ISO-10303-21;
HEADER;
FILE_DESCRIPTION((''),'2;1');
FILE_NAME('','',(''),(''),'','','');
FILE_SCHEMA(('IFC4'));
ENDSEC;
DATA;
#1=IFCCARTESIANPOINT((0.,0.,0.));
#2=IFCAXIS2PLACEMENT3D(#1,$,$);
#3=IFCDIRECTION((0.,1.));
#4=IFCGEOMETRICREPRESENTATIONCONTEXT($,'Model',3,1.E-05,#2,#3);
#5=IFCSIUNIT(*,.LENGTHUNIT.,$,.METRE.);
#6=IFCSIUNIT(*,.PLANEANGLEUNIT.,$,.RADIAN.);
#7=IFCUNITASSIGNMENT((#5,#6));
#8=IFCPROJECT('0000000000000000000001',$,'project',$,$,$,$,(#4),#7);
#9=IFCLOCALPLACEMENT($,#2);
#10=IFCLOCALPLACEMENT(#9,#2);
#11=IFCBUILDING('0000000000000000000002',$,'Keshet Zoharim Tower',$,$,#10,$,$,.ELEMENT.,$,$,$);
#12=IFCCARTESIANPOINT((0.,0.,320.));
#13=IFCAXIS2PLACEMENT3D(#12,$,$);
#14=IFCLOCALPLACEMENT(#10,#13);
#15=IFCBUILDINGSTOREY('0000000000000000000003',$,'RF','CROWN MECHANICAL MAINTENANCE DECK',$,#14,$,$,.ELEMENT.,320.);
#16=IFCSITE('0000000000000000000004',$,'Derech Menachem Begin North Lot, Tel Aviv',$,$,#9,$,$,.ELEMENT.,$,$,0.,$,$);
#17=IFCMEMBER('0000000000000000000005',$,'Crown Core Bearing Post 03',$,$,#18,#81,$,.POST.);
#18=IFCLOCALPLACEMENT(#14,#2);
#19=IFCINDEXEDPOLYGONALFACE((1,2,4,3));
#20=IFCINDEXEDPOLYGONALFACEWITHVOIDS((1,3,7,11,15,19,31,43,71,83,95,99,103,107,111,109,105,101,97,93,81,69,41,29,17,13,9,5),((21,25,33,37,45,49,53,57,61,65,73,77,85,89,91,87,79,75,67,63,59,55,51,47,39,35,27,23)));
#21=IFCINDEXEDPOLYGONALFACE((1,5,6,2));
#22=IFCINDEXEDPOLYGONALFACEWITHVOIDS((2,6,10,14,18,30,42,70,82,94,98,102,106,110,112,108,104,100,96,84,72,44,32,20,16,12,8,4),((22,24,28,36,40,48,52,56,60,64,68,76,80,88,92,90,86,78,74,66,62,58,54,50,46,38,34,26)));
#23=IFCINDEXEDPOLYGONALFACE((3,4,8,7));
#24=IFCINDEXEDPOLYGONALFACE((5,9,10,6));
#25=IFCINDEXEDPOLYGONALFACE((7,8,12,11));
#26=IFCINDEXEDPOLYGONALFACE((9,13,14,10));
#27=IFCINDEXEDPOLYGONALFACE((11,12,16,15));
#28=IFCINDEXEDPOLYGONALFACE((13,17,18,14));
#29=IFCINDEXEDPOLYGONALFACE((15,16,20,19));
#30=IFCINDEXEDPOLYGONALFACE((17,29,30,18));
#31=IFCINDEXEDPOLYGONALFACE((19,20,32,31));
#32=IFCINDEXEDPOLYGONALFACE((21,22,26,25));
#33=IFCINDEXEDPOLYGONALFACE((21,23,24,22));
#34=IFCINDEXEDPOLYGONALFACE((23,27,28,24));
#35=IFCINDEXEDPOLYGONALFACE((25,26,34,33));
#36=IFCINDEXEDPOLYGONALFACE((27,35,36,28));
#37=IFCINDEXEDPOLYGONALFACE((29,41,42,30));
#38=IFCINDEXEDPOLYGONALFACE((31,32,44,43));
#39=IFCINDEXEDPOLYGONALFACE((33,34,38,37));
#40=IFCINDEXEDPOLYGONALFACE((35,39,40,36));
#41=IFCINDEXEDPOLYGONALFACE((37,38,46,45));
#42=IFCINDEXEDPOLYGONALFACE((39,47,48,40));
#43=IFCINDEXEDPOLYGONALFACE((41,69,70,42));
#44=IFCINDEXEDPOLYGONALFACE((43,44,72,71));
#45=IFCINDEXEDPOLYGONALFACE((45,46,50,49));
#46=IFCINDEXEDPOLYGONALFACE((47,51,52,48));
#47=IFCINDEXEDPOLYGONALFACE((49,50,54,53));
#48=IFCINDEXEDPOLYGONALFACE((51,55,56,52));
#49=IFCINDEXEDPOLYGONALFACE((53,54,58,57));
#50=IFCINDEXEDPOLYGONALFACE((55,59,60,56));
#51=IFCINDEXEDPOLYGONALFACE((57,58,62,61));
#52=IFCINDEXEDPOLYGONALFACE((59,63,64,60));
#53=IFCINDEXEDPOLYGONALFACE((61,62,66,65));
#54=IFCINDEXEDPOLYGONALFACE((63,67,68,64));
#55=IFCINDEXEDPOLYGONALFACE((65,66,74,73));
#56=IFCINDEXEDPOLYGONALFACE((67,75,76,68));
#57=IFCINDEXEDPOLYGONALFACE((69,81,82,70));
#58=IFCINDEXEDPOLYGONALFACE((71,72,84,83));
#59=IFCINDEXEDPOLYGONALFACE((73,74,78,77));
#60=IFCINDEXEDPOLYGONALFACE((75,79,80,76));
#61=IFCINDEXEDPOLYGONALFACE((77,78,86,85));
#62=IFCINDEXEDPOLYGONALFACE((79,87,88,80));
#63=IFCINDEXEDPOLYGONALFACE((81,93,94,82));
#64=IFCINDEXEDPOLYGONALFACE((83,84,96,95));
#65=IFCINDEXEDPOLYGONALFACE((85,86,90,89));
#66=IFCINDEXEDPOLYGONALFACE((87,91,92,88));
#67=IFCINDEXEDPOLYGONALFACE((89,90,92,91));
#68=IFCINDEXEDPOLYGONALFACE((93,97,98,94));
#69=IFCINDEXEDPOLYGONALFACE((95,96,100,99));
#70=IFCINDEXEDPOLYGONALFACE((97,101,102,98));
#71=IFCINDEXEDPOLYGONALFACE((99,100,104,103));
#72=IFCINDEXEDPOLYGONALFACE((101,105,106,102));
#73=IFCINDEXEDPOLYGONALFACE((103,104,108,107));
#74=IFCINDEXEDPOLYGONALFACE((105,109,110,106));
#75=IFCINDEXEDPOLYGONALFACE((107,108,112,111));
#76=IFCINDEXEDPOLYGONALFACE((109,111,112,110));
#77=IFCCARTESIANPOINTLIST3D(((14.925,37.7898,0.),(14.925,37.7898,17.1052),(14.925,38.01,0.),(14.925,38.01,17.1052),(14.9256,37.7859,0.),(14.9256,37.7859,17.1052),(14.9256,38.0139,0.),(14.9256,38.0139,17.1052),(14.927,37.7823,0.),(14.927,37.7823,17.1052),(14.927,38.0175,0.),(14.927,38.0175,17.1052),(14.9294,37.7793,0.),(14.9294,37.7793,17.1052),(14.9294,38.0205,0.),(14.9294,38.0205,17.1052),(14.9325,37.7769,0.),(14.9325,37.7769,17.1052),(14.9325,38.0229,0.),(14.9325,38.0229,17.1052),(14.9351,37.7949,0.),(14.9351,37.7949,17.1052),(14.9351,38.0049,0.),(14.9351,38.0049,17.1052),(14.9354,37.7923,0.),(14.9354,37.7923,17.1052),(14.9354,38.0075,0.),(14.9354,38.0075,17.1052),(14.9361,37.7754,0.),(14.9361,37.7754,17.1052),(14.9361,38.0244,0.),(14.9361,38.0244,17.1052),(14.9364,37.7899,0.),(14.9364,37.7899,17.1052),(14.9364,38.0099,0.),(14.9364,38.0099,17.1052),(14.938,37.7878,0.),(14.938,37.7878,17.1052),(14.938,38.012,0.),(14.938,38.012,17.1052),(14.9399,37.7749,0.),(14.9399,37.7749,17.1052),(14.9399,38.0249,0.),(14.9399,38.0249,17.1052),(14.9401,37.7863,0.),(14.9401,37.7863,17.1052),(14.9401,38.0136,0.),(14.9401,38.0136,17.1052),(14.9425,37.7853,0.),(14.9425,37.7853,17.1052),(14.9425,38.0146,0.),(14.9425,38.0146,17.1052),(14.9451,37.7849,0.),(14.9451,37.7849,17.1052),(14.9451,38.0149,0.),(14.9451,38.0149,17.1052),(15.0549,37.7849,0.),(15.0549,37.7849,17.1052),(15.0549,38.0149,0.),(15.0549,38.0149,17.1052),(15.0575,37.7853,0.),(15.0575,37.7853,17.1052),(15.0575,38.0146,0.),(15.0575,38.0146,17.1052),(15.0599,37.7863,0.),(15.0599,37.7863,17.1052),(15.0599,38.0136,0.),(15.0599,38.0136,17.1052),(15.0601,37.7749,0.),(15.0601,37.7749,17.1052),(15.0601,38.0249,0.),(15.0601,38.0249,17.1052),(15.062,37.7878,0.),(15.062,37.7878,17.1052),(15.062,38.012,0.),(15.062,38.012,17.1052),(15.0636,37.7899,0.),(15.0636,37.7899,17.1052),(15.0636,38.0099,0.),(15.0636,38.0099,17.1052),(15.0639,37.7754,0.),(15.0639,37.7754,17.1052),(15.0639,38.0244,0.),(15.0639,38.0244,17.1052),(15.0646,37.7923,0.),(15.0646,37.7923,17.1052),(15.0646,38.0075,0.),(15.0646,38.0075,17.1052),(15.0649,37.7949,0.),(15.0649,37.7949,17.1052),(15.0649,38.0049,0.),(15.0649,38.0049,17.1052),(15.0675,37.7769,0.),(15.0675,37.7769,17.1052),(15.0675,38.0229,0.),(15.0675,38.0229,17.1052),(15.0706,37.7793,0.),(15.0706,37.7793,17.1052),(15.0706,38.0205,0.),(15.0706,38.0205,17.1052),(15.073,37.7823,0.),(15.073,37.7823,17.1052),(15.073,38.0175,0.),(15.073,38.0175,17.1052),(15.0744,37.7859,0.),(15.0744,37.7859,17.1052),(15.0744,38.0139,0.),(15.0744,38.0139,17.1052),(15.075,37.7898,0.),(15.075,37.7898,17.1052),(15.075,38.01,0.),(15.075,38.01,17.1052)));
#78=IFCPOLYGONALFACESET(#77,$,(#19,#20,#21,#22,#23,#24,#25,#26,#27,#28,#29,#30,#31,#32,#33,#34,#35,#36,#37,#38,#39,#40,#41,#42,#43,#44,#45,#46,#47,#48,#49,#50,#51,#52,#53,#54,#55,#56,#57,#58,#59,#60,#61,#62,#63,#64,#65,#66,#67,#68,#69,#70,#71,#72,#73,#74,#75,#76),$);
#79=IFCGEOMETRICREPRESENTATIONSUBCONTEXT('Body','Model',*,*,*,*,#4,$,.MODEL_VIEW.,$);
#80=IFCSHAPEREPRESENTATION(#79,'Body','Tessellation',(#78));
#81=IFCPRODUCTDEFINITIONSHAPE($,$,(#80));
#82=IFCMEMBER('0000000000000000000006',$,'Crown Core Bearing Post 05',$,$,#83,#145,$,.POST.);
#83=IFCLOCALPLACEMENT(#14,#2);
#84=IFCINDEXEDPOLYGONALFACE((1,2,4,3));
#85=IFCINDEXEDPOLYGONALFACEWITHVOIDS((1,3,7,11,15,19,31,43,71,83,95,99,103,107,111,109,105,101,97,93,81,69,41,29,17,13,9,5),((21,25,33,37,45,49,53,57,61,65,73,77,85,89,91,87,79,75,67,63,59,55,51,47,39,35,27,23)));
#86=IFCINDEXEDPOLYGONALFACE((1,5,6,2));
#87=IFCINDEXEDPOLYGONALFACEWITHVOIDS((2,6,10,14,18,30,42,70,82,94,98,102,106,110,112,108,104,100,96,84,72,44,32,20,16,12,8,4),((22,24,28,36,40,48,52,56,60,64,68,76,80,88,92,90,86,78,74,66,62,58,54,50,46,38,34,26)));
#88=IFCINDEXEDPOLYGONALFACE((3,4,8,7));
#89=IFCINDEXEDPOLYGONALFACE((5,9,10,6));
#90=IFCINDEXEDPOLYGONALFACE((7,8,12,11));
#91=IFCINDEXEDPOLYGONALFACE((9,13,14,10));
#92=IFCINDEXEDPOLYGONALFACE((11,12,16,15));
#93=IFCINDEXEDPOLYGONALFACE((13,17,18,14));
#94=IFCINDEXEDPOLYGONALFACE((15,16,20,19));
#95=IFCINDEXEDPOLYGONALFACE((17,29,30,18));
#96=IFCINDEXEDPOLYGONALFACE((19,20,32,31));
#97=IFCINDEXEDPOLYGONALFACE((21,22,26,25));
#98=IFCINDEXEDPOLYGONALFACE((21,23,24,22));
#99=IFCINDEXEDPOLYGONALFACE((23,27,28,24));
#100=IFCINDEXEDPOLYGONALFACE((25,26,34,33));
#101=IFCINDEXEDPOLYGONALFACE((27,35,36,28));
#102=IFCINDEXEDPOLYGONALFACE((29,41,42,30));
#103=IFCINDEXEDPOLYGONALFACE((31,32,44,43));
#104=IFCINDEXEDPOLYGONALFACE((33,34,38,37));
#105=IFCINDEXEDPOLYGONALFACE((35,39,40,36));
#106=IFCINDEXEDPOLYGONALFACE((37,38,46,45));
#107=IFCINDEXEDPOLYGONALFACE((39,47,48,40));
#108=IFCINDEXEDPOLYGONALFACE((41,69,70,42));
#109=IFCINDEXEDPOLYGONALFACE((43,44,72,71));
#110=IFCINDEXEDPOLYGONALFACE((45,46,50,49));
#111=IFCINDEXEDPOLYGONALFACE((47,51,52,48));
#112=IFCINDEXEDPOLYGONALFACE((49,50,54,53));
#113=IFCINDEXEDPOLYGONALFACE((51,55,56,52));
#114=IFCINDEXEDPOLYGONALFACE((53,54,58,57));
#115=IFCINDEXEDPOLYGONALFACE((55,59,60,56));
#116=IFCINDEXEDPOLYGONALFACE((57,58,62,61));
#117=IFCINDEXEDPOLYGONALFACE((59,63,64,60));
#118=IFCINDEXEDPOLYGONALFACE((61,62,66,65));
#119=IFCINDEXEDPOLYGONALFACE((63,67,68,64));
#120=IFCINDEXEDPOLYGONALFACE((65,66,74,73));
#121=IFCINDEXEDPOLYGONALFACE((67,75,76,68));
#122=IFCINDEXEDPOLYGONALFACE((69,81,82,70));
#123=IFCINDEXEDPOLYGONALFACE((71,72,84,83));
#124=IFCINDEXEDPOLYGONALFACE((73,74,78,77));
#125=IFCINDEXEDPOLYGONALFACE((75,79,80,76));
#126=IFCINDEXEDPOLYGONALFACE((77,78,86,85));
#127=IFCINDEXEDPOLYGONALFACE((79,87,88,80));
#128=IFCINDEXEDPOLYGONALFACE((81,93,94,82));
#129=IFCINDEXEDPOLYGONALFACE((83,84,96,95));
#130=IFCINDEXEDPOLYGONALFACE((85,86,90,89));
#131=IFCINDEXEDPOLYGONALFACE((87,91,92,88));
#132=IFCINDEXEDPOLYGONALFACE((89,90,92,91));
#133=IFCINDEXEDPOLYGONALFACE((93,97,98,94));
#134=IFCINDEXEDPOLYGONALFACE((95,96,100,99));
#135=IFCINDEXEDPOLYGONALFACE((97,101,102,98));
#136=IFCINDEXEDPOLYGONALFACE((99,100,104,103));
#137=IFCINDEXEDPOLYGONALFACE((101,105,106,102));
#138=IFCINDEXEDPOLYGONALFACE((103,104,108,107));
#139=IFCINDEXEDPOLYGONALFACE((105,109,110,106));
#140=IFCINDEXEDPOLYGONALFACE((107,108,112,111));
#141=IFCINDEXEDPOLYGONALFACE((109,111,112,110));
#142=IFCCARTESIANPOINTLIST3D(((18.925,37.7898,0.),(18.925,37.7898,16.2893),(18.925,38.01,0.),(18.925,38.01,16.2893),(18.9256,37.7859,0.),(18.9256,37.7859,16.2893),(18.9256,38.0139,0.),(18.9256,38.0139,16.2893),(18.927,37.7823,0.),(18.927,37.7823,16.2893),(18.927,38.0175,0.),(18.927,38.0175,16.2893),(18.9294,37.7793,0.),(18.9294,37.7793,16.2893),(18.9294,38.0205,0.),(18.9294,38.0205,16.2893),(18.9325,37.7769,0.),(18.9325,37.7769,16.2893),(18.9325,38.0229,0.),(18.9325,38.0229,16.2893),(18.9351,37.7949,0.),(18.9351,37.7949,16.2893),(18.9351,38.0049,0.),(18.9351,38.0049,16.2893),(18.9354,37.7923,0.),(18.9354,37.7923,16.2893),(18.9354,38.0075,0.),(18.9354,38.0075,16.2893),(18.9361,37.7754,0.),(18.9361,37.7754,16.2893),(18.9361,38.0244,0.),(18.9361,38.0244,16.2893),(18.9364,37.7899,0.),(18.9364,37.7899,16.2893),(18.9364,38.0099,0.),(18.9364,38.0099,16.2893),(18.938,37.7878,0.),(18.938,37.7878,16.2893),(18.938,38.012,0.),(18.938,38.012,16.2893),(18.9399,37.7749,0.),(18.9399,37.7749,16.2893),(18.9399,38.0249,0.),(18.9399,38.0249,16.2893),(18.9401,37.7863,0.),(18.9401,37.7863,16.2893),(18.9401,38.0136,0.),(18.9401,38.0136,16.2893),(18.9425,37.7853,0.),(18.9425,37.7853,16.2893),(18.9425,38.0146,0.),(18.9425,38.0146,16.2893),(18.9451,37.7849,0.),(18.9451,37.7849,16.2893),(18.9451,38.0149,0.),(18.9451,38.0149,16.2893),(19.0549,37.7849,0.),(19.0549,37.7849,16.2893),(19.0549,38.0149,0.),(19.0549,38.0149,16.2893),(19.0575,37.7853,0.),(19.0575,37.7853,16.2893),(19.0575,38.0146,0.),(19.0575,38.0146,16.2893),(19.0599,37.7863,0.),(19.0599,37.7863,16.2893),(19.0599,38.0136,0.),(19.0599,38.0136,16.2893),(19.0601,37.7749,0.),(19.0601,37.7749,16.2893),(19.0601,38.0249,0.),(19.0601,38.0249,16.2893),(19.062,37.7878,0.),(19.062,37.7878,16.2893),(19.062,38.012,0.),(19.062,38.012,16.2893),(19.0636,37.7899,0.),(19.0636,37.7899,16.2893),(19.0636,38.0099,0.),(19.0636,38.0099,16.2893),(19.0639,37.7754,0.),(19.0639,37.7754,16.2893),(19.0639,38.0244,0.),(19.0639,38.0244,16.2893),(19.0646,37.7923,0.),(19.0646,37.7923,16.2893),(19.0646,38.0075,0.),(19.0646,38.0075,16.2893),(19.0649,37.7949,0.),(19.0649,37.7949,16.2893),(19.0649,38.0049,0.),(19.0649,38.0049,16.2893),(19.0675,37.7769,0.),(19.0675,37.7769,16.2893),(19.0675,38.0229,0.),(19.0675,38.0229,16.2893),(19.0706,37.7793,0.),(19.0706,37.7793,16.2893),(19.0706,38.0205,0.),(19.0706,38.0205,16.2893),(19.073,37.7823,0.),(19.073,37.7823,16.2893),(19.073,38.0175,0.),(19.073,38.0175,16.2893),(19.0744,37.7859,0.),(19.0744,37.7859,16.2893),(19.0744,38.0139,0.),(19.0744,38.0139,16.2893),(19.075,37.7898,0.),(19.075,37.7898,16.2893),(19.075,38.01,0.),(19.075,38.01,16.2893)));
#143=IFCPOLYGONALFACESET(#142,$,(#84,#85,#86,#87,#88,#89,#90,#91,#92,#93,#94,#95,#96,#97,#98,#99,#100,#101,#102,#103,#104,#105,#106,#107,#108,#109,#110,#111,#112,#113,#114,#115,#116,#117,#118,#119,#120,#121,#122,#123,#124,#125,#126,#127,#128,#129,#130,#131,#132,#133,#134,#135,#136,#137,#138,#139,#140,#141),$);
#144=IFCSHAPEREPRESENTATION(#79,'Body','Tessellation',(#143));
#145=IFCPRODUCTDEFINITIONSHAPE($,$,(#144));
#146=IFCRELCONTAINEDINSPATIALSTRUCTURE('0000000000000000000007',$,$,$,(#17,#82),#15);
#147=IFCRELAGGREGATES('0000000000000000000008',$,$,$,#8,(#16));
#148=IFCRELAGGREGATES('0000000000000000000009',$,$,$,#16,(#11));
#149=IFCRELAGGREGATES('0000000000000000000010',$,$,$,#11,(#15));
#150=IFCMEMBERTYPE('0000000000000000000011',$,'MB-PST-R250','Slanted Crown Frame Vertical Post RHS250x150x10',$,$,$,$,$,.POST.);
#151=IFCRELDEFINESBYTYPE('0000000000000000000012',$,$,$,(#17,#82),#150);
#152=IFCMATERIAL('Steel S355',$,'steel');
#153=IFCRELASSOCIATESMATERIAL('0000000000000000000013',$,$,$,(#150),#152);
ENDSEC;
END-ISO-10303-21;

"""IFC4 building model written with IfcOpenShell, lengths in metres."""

from ifc_helpers import new_model, si_unit, direction, frame, origin, origin_2d, place, context, subcontext, project, spatial, hollow_rectangle, extrude, material, material_profile, profile_set, type_object, element, save


model = new_model("IFC4")

# Units and contexts
model_context = context("Model", 3, precision=1e-05, world=origin(), true_north=direction((0.0, 1.0)))
body_context = subcontext(model_context, "Body", "Model", "MODEL_VIEW")
ifc_project = project(units=[si_unit("LENGTHUNIT", "METRE"), si_unit("PLANEANGLEUNIT", "RADIAN")], contexts=[model_context])

# Site, building, storey
site_placement = place(None, origin())
site = spatial("IfcSite", under=ifc_project, at=site_placement, Name="Derech Menachem Begin North Lot, Tel Aviv", CompositionType="ELEMENT", RefElevation=0.0)
building_placement = place(site_placement, origin())
building = spatial("IfcBuilding", under=site, at=building_placement, Name="Keshet Zoharim Tower", CompositionType="ELEMENT")
storey_placement = place(building_placement, frame((0.0, 0.0, 320.0)))
storey = spatial("IfcBuildingStorey", under=building, at=storey_placement, Name="RF", Description="CROWN MECHANICAL MAINTENANCE DECK", CompositionType="ELEMENT", Elevation=320.0)

# Shared definitions
ifc_material_1 = material(Name="Steel S355", Category="steel")

# Members
ifc_material_profile_1 = material_profile(ifc_material_1, hollow_rectangle(XDim=0.1499, YDim=0.25, WallThickness=0.01, InnerFilletRadius=0.01, OuterFilletRadius=0.0149, at=origin_2d()), Name="RHS250x150x10")
ifc_profile_set_1 = profile_set([ifc_material_profile_1], Name="Steel S355")
member_type_1 = type_object("IfcMemberType", Name="MB-PST-R250", Description="Slanted Crown Frame Vertical Post RHS250x150x10", PredefinedType="POST", material=ifc_profile_set_1)
member_1_placement = place(storey_placement, frame((15.0, 37.8999, 0.0), z_axis=(0.0, 0.0, 1.0), x_axis=(1.0, 0.0, 0.0)))
element("IfcMember", 1, at=member_1_placement, inside=storey, type_object=member_type_1, Name="Crown Core Bearing Post 03", PredefinedType="POST", context=body_context, shape_type="SweptSolid", body=[
    extrude(hollow_rectangle(XDim=0.1499, YDim=0.25, WallThickness=0.01, InnerFilletRadius=0.01, OuterFilletRadius=0.0149, at=origin_2d()), origin(), (0.0, 0.0, 1.0), 17.1052),
])
member_2_placement = place(storey_placement, frame((19.0, 37.8999, 0.0), z_axis=(0.0, 0.0, 1.0), x_axis=(1.0, 0.0, 0.0)))
element("IfcMember", 2, at=member_2_placement, inside=storey, type_object=member_type_1, Name="Crown Core Bearing Post 05", PredefinedType="POST", context=body_context, shape_type="SweptSolid", body=[
    extrude(hollow_rectangle(XDim=0.1499, YDim=0.25, WallThickness=0.01, InnerFilletRadius=0.01, OuterFilletRadius=0.0149, at=origin_2d()), origin(), (0.0, 0.0, 1.0), 16.2893),
])

save(model, "model.ifc")
